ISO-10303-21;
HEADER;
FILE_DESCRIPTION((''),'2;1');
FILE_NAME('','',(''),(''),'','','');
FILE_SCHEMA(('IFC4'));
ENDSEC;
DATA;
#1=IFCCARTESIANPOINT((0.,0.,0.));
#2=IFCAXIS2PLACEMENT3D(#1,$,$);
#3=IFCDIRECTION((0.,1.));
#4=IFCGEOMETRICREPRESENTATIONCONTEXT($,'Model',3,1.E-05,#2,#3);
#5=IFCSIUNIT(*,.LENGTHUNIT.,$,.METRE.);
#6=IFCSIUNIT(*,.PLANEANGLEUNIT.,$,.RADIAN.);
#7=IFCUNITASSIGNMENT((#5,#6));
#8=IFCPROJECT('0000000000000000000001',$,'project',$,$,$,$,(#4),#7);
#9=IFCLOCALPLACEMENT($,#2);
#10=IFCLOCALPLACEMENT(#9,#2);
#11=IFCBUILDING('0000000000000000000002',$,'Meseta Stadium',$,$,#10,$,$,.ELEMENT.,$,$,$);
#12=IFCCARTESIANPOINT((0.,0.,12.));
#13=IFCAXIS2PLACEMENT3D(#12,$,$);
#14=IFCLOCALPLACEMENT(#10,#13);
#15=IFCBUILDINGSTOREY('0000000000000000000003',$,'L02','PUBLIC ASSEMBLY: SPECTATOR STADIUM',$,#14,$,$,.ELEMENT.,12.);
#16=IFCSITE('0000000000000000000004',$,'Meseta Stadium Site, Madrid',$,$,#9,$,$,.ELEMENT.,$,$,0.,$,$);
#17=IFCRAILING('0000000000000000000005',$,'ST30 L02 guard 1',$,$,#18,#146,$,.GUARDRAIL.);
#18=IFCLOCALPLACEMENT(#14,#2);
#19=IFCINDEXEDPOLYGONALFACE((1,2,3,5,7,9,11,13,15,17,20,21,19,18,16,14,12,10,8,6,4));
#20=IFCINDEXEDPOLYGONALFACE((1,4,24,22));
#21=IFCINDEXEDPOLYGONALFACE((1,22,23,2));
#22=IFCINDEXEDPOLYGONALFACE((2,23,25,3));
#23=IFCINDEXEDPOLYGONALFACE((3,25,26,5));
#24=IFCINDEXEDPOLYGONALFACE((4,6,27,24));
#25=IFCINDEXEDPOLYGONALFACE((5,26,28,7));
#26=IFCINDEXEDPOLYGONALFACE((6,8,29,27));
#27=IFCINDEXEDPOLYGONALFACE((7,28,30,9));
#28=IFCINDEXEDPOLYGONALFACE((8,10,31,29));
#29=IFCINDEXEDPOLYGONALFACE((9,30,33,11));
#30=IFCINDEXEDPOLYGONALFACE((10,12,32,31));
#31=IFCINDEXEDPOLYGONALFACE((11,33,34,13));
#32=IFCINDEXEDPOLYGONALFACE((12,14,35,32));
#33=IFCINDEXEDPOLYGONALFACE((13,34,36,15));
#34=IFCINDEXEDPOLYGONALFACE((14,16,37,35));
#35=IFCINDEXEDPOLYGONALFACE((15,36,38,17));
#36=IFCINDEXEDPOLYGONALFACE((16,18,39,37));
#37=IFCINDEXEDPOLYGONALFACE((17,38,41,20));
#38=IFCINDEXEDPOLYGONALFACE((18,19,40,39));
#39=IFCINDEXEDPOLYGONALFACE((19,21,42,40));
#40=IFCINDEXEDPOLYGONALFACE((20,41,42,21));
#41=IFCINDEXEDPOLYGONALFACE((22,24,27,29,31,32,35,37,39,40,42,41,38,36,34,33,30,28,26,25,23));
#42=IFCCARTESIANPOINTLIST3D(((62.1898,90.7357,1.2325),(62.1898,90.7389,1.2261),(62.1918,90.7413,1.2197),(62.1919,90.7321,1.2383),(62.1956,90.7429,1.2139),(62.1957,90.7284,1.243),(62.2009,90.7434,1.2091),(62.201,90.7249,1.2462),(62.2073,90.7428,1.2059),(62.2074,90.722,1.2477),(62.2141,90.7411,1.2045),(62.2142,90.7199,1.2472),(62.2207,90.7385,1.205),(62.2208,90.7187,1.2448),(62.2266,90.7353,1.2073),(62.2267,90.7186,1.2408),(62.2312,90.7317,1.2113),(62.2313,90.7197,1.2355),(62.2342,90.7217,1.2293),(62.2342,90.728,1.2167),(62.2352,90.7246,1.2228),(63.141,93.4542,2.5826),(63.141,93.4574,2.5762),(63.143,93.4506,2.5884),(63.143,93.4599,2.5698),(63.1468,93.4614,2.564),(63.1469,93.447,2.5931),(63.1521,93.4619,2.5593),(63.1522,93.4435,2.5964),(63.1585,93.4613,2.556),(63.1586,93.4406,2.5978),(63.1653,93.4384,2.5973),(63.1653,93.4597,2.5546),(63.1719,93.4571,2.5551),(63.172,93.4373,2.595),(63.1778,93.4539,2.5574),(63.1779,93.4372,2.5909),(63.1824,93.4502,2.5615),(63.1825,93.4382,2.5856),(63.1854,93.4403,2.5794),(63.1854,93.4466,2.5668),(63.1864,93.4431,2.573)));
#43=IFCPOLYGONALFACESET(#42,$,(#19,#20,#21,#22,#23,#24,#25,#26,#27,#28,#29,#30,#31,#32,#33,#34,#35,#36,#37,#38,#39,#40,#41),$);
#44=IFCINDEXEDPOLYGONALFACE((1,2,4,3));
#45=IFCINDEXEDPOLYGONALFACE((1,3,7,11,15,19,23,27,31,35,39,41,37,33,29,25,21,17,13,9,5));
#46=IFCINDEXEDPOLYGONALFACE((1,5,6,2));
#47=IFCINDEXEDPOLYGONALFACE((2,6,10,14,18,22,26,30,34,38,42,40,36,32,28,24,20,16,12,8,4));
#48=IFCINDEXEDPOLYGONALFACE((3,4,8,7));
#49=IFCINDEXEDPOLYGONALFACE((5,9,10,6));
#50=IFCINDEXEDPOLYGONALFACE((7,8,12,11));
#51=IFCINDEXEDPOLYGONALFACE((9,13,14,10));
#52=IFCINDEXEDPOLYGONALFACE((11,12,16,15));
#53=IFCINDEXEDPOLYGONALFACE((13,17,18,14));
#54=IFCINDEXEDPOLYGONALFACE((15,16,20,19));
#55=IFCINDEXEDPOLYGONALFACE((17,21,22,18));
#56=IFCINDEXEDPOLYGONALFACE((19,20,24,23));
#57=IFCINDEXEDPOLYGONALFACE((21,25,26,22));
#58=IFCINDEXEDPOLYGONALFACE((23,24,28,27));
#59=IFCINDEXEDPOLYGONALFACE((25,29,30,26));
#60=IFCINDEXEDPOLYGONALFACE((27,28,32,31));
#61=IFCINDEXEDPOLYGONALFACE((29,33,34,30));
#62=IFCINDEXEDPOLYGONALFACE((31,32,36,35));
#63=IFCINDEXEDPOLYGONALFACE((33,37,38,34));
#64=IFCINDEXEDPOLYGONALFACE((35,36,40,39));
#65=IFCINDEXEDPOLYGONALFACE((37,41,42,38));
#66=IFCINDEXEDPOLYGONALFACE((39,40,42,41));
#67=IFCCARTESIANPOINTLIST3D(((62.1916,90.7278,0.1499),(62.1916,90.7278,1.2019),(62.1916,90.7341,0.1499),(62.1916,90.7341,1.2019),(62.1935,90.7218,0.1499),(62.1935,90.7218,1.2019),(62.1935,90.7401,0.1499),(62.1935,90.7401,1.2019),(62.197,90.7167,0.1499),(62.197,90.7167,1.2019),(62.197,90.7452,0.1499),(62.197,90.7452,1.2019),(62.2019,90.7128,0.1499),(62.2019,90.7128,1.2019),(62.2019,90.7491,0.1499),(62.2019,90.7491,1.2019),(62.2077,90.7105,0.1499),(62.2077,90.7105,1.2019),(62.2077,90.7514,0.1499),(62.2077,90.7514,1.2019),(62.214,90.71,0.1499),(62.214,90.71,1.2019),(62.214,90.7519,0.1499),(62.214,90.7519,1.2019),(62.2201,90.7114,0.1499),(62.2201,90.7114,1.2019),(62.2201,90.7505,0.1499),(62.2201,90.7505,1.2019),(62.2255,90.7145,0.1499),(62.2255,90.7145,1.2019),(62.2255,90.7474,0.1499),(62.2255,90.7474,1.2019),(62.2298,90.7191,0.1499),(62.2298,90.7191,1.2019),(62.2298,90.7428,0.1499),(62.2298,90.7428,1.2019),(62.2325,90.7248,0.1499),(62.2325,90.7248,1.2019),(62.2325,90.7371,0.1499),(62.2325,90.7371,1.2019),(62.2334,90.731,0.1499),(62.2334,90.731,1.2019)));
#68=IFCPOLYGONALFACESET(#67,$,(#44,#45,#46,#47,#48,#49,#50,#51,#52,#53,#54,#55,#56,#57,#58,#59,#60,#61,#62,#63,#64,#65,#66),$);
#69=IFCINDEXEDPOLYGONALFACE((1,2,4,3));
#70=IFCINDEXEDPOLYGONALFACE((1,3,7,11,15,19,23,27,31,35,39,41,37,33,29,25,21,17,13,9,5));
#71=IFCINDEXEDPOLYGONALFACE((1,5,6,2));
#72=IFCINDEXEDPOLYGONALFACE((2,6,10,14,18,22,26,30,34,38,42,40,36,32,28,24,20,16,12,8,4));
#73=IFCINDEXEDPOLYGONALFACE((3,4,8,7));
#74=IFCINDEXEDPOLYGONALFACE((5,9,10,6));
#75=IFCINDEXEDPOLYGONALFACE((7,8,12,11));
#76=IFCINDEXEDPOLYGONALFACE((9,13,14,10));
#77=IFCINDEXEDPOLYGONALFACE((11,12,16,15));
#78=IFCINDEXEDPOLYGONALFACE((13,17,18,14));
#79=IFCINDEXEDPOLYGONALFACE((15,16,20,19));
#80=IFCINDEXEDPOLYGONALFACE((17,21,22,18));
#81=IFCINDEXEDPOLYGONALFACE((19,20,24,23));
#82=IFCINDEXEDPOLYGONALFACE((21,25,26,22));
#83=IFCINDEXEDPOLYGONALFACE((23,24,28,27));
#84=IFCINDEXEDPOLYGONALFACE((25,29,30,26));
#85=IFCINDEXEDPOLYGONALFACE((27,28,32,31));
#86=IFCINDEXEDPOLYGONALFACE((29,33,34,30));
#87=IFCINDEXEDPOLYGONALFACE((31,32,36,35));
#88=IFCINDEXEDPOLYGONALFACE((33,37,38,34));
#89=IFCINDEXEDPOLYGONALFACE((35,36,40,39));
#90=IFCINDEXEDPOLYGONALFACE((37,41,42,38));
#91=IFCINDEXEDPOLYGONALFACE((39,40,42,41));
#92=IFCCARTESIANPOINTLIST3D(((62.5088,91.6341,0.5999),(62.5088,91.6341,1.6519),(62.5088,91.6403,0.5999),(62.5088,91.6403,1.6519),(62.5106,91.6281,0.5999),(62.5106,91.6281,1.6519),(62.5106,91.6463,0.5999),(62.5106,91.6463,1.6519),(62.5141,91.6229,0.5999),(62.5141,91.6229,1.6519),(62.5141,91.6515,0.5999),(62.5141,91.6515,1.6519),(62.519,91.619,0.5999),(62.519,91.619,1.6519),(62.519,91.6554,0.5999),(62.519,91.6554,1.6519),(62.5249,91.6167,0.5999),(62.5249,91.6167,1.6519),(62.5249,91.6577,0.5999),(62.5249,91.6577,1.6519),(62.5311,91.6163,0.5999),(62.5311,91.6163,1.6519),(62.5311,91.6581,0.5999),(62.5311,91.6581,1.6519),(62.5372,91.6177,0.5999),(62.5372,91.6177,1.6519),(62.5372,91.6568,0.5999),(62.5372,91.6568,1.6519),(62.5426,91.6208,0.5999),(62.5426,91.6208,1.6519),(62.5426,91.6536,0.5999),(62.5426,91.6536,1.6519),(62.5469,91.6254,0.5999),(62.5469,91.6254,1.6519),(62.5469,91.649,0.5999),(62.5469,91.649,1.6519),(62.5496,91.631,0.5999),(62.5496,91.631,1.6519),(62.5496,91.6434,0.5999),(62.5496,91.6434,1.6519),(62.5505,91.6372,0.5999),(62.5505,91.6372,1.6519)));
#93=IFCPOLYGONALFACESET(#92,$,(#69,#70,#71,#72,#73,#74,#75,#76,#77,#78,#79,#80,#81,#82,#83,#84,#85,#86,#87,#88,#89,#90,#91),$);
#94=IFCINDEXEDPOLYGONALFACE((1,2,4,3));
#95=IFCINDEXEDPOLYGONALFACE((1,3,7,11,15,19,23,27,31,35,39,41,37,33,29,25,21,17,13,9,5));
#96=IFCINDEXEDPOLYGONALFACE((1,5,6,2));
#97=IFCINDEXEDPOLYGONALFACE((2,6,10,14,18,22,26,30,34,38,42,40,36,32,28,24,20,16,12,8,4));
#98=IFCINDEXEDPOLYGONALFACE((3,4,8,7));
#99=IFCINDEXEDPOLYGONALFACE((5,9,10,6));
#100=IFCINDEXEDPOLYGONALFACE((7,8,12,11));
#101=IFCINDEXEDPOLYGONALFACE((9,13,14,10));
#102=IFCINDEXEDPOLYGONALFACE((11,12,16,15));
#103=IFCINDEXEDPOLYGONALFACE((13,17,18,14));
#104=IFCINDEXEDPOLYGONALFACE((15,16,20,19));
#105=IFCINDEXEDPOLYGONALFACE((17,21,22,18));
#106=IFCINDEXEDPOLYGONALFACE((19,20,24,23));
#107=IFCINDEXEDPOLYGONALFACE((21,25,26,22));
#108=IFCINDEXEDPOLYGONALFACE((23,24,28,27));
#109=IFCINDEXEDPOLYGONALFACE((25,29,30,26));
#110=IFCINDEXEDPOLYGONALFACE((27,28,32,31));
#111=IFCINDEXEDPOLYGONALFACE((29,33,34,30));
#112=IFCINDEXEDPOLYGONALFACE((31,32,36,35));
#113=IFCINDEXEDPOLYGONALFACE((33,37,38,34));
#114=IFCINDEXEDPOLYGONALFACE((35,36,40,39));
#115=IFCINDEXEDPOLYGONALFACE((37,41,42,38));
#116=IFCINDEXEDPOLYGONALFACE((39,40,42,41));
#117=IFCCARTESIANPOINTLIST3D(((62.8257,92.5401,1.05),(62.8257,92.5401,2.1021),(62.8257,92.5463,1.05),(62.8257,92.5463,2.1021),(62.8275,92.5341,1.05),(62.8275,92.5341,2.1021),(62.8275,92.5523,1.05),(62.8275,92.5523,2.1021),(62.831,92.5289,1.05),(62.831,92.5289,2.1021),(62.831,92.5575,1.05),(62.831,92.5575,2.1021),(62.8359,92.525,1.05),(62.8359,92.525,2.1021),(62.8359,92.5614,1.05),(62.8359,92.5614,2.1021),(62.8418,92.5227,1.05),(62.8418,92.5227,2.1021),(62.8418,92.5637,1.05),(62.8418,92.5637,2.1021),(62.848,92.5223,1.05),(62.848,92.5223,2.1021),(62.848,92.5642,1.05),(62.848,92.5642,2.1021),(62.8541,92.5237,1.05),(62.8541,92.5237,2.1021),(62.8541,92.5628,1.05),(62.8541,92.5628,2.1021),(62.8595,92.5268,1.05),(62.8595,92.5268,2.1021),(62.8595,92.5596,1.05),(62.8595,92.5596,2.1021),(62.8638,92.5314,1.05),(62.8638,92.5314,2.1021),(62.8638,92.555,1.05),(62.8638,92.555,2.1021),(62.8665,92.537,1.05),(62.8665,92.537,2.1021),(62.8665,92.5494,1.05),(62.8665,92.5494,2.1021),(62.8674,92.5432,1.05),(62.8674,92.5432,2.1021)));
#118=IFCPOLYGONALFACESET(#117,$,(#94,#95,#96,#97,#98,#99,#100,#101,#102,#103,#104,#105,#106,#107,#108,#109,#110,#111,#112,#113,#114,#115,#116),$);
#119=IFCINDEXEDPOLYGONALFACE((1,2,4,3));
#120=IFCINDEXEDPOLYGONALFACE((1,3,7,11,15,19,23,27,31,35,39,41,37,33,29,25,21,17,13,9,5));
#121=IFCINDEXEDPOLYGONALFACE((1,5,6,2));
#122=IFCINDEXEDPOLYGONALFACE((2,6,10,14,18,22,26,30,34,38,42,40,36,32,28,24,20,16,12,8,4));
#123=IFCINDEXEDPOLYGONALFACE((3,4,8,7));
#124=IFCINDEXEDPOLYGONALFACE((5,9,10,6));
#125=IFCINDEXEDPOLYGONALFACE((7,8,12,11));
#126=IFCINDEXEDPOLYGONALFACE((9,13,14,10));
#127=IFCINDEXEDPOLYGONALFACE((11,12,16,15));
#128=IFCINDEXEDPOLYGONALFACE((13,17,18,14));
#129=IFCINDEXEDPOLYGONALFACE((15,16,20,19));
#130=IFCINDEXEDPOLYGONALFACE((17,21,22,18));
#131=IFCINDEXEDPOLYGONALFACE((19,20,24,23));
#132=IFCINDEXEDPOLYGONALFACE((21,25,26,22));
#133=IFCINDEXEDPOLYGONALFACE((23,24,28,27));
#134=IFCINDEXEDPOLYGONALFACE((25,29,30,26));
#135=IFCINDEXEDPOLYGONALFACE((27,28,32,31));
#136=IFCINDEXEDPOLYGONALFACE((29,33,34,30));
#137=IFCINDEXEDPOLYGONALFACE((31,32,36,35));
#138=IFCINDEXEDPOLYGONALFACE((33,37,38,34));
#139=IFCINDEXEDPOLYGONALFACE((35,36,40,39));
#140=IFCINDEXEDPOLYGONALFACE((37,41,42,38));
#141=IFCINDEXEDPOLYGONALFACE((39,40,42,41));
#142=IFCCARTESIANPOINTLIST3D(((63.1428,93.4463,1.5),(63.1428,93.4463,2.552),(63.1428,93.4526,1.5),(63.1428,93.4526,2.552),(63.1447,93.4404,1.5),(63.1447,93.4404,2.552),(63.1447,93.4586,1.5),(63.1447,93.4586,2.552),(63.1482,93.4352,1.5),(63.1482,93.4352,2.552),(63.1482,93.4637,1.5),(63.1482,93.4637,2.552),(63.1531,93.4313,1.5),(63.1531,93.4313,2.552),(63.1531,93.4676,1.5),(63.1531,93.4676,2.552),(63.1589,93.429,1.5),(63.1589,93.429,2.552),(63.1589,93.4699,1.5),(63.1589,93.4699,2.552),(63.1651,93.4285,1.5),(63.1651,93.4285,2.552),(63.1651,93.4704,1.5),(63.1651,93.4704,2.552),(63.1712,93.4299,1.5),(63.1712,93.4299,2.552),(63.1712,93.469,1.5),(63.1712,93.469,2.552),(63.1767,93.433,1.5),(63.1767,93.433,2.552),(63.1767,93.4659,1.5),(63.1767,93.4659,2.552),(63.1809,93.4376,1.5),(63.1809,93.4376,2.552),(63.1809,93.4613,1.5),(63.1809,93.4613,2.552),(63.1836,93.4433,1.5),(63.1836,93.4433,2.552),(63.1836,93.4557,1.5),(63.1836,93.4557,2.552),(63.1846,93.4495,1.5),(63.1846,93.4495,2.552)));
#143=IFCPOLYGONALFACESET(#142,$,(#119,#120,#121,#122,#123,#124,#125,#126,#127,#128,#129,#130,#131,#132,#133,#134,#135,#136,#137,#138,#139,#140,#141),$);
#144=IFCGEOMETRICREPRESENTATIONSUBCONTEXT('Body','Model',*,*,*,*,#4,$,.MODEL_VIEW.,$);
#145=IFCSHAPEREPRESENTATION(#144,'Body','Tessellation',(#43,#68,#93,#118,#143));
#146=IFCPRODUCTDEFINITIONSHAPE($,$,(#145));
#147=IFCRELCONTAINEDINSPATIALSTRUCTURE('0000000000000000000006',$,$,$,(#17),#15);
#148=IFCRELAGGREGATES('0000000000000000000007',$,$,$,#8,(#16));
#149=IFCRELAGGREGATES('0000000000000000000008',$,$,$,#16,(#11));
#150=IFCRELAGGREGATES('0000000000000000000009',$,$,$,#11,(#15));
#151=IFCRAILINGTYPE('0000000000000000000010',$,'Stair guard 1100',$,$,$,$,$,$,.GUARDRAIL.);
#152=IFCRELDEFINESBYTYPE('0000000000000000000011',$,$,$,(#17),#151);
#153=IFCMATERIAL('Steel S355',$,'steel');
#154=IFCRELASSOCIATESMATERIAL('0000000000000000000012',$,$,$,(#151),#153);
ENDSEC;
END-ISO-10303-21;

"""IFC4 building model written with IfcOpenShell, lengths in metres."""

from ifc_helpers import new_model, si_unit, direction, frame, origin, origin_2d, place, context, subcontext, project, spatial, circle, extrude, material, type_object, element, save


model = new_model("IFC4")

# Units and contexts
model_context = context("Model", 3, precision=1e-05, world=origin(), true_north=direction((0.0, 1.0)))
body_context = subcontext(model_context, "Body", "Model", "MODEL_VIEW")
ifc_project = project(units=[si_unit("LENGTHUNIT", "METRE"), si_unit("PLANEANGLEUNIT", "RADIAN")], contexts=[model_context])

# Site, building, storey
site_placement = place(None, origin())
site = spatial("IfcSite", under=ifc_project, at=site_placement, Name="Meseta Stadium Site, Madrid", CompositionType="ELEMENT", RefElevation=0.0)
building_placement = place(site_placement, origin())
building = spatial("IfcBuilding", under=site, at=building_placement, Name="Meseta Stadium", CompositionType="ELEMENT")
storey_placement = place(building_placement, frame((0.0, 0.0, 12.0)))
storey = spatial("IfcBuildingStorey", under=building, at=storey_placement, Name="L02", Description="PUBLIC ASSEMBLY: SPECTATOR STADIUM", CompositionType="ELEMENT", Elevation=12.0)

# Railing
ifc_material_1 = material(Name="Steel S355", Category="steel")
railing_type_1 = type_object("IfcRailingType", Name="Stair guard 1100", PredefinedType="GUARDRAIL", material=ifc_material_1)
railing_1_placement = place(storey_placement, frame((62.2124, 90.731, 0.1499)))
element("IfcRailing", 1, at=railing_1_placement, inside=storey, type_object=railing_type_1, Name="ST30 L02 guard 1", PredefinedType="GUARDRAIL", context=body_context, shape_type="SweptSolid", body=[
    extrude(circle(Radius=0.0239, at=origin_2d()), frame((0.0, 0.0, 1.0762), z_axis=(0.299031, 0.854649, 0.424446), x_axis=(-0.943891, 0.330256, 0.0)), (0.0, 0.0, 1.0), 3.1809),
    extrude(circle(Radius=0.021, at=origin_2d()), origin(), (0.0, 0.0, 1.0), 1.052),
    extrude(circle(Radius=0.021, at=origin_2d()), frame((0.3171, 0.9062, 0.45)), (0.0, 0.0, 1.0), 1.052),
    extrude(circle(Radius=0.021, at=origin_2d()), frame((0.634, 1.8123, 0.9001)), (0.0, 0.0, 1.0), 1.052),
    extrude(circle(Radius=0.021, at=origin_2d()), frame((0.9512, 2.7185, 1.3501)), (0.0, 0.0, 1.0), 1.052),
])

save(model, "model.ifc")
